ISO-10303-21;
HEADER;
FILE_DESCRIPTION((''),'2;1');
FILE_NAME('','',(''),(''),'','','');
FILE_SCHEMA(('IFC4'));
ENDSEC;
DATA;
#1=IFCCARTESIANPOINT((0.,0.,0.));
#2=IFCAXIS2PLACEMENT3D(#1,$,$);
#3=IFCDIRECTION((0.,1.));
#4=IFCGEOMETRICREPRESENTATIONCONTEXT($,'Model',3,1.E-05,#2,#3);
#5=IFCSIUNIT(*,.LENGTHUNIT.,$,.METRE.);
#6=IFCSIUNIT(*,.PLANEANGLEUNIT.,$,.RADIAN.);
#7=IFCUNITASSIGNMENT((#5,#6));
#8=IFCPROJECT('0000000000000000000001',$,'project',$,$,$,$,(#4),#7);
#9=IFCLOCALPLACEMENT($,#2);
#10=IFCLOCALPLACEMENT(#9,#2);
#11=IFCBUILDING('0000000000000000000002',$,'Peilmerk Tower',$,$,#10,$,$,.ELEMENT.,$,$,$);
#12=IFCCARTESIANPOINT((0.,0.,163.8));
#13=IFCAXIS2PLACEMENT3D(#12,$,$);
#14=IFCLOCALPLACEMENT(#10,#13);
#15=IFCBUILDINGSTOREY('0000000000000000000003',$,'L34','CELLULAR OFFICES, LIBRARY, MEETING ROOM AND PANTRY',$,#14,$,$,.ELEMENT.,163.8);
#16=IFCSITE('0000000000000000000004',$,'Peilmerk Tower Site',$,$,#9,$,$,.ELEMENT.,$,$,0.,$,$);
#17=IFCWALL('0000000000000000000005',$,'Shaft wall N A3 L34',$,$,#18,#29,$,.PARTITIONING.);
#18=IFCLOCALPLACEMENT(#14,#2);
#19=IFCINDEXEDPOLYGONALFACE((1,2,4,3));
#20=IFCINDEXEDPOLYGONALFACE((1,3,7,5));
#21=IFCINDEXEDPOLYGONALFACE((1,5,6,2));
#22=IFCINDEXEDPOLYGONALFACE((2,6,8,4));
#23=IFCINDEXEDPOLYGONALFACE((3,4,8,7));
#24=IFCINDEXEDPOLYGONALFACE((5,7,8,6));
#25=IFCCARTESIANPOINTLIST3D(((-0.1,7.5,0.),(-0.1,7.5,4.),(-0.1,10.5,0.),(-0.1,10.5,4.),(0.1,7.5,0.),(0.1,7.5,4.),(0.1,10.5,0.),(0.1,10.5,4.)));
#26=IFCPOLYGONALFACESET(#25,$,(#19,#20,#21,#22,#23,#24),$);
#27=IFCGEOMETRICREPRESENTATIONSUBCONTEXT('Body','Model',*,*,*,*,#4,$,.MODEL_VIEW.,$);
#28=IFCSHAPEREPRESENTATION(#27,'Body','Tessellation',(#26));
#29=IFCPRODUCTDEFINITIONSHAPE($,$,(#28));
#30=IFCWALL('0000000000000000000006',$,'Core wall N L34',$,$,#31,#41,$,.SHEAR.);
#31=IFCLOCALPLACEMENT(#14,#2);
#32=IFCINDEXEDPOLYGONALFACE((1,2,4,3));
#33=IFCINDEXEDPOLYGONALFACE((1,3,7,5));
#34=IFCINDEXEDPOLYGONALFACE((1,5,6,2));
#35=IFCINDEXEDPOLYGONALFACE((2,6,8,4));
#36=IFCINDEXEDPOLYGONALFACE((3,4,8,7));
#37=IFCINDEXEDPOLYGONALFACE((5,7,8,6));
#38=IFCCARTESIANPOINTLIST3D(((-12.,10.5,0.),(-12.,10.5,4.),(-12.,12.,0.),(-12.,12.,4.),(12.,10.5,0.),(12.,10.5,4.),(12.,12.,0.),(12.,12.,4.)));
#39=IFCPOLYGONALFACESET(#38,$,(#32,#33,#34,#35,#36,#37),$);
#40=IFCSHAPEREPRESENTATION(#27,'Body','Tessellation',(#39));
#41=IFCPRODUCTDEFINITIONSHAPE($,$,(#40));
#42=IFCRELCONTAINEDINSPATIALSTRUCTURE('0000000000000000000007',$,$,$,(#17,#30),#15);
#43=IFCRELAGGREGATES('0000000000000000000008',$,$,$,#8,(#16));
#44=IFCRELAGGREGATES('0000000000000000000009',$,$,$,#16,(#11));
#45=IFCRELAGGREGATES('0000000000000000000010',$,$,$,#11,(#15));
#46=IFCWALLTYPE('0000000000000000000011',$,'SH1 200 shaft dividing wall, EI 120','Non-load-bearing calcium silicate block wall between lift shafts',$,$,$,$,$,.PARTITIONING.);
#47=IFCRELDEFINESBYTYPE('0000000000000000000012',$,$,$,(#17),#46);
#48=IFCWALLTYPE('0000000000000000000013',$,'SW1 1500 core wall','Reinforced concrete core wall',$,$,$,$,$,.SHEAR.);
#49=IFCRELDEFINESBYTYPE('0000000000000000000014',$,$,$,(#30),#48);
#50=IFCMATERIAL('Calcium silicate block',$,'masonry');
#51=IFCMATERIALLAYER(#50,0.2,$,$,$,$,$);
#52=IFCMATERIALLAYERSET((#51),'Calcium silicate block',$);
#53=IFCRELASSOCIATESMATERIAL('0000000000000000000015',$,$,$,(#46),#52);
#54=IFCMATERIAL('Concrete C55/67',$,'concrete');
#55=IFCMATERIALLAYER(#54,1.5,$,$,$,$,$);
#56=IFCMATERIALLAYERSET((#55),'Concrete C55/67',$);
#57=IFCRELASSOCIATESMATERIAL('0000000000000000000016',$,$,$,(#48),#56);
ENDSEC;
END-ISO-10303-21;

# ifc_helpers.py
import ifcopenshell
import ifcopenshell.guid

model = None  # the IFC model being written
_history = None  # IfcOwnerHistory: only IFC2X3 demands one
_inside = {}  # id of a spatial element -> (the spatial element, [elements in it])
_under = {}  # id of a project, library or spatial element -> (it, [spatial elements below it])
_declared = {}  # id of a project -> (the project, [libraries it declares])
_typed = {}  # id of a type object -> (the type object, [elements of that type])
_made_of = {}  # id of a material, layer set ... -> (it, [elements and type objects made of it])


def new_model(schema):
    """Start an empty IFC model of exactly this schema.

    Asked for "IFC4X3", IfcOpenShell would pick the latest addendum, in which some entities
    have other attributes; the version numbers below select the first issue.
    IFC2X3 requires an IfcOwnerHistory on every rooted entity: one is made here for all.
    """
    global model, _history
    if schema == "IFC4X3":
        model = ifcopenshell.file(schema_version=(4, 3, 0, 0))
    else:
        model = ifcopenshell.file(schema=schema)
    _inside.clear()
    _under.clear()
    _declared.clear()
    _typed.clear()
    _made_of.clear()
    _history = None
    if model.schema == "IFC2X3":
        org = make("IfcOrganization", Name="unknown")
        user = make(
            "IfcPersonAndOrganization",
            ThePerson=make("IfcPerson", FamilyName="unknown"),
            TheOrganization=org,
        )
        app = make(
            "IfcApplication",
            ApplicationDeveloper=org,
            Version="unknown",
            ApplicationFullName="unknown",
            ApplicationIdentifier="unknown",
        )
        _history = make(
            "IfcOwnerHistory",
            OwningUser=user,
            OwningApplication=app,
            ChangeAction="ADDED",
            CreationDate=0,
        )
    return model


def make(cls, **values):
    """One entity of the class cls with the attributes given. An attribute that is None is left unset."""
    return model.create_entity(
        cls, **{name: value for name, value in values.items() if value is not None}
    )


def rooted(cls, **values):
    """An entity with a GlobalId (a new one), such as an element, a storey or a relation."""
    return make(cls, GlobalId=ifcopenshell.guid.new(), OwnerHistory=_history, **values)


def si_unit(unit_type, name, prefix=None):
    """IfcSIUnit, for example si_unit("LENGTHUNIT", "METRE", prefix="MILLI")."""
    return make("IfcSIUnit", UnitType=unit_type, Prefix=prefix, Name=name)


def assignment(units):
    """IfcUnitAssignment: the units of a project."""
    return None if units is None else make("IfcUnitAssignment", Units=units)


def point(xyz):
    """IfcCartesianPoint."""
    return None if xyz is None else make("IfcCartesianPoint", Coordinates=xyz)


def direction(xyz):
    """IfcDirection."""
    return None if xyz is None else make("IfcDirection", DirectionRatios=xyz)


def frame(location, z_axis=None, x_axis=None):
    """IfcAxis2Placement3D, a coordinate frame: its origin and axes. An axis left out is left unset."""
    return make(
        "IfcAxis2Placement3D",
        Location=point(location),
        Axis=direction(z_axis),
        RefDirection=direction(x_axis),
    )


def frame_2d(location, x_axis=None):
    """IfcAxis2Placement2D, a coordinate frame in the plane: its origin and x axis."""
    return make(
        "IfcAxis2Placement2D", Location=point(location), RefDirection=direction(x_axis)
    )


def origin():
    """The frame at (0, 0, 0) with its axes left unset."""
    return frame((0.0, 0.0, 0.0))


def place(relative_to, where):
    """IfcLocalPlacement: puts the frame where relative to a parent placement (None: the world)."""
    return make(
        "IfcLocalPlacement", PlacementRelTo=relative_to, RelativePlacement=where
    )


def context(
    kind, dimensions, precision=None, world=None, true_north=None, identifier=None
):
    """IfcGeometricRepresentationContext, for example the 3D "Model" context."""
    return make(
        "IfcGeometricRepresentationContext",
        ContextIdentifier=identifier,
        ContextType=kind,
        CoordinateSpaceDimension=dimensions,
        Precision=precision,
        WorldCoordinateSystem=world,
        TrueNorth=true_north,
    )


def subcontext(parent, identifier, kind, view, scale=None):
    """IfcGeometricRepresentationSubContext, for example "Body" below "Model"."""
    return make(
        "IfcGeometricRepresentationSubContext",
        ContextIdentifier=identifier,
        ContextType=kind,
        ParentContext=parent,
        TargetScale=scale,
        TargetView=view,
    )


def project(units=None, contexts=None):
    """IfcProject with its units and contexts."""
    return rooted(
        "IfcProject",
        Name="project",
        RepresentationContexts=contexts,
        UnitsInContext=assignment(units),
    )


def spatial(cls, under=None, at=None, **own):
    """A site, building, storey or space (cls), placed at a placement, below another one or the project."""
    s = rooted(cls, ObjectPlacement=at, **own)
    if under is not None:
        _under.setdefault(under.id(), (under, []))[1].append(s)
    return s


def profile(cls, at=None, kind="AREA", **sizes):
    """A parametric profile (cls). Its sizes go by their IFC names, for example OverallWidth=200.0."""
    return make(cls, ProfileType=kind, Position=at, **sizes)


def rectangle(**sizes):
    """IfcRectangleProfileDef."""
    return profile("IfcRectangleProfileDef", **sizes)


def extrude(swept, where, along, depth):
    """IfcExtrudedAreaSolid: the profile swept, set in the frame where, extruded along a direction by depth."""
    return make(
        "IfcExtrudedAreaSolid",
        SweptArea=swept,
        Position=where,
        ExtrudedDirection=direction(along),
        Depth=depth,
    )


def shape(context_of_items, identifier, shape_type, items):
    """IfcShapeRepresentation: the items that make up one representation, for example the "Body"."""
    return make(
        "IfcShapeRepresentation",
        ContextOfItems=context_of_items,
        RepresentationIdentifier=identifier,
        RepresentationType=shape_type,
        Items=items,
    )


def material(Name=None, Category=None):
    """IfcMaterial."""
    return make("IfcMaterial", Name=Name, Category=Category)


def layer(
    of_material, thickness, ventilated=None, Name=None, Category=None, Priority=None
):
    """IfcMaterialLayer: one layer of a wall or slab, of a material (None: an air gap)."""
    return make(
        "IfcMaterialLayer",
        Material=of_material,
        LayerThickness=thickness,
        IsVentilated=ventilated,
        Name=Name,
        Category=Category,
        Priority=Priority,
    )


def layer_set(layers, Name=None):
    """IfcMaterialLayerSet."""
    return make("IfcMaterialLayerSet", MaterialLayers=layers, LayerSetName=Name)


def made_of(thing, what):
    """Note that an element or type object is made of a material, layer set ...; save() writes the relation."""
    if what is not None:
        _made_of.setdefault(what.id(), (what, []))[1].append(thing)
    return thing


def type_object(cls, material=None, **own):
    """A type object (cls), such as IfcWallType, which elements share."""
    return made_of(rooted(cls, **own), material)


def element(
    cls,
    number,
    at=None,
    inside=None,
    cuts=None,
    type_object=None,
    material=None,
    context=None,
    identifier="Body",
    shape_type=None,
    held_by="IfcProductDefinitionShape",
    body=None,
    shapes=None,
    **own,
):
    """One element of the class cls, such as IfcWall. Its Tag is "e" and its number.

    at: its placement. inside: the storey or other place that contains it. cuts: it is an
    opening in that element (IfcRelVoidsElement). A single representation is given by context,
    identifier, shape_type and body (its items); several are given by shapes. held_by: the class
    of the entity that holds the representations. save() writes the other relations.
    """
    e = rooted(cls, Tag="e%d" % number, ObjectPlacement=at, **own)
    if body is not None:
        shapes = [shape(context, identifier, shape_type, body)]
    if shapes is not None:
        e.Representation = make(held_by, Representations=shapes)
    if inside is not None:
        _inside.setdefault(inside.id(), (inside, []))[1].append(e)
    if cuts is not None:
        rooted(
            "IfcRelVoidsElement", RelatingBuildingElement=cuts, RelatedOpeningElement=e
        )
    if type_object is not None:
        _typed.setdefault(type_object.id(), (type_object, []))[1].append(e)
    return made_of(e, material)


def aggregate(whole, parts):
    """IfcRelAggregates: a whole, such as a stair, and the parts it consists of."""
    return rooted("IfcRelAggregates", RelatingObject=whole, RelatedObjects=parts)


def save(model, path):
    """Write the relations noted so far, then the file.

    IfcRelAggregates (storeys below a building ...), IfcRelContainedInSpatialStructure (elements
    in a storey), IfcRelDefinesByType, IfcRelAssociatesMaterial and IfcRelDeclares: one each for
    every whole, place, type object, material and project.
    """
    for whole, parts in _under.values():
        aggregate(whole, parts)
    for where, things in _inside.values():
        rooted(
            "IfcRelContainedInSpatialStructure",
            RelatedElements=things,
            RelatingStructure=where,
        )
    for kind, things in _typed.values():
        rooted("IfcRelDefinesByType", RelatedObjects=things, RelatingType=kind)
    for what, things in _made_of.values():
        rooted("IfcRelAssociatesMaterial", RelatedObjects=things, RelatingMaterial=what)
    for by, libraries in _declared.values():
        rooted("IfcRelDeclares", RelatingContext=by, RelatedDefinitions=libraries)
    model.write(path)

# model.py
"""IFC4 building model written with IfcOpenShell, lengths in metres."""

from ifc_helpers import new_model, si_unit, direction, frame, frame_2d, origin, place, context, subcontext, project, spatial, rectangle, extrude, material, layer, layer_set, type_object, element, save


model = new_model("IFC4")

# Units and contexts
model_context = context("Model", 3, precision=1e-05, world=origin(), true_north=direction((0.0, 1.0)))
body_context = subcontext(model_context, "Body", "Model", "MODEL_VIEW")
ifc_project = project(units=[si_unit("LENGTHUNIT", "METRE"), si_unit("PLANEANGLEUNIT", "RADIAN")], contexts=[model_context])

# Site, building, storey
site_placement = place(None, origin())
site = spatial("IfcSite", under=ifc_project, at=site_placement, Name="Peilmerk Tower Site", CompositionType="ELEMENT", RefElevation=0.0)
building_placement = place(site_placement, origin())
building = spatial("IfcBuilding", under=site, at=building_placement, Name="Peilmerk Tower", CompositionType="ELEMENT")
storey_placement = place(building_placement, frame((0.0, 0.0, 163.8)))
storey = spatial("IfcBuildingStorey", under=building, at=storey_placement, Name="L34", Description="CELLULAR OFFICES, LIBRARY, MEETING ROOM AND PANTRY", CompositionType="ELEMENT", Elevation=163.8)

# Shared definitions
ifc_material_1 = material(Name="Calcium silicate block", Category="masonry")

# Walls
ifc_layer_1 = layer(ifc_material_1, 0.2)
ifc_layer_set_1 = layer_set([ifc_layer_1], Name="Calcium silicate block")
wall_type_1 = type_object("IfcWallType", Name="SH1 200 shaft dividing wall, EI 120", Description="Non-load-bearing calcium silicate block wall between lift shafts", PredefinedType="PARTITIONING", material=ifc_layer_set_1)
for number, where, z_axis, x_axis, name in (
    (1, (0.0, 7.5, 0.0), (0.0, 0.0, 1.0), (0.0, 1.0, 0.0), "Shaft wall N A3 L34"),
):
    element("IfcWall", number, at=place(storey_placement, frame(where, z_axis=z_axis, x_axis=x_axis)), inside=storey, type_object=wall_type_1, Name=name, PredefinedType="PARTITIONING", context=body_context, shape_type="SweptSolid", body=[
        extrude(rectangle(XDim=3.0, YDim=0.2, at=frame_2d((1.5, 0.0))), origin(), (0.0, 0.0, 1.0), 4.0),
    ])
ifc_material_2 = material(Name="Concrete C55/67", Category="concrete")
ifc_layer_2 = layer(ifc_material_2, 1.5)
ifc_layer_set_2 = layer_set([ifc_layer_2], Name="Concrete C55/67")
wall_type_2 = type_object("IfcWallType", Name="SW1 1500 core wall", Description="Reinforced concrete core wall", PredefinedType="SHEAR", material=ifc_layer_set_2)
wall_1_placement = place(storey_placement, frame((-12.0, 11.25, 0.0), z_axis=(0.0, 0.0, 1.0), x_axis=(1.0, 0.0, 0.0)))
element("IfcWall", 2, at=wall_1_placement, inside=storey, type_object=wall_type_2, Name="Core wall N L34", PredefinedType="SHEAR", context=body_context, shape_type="SweptSolid", body=[
    extrude(rectangle(XDim=24.0, YDim=1.5, at=frame_2d((12.0, 0.0))), origin(), (0.0, 0.0, 1.0), 4.0),
])

save(model, "model.ifc")
